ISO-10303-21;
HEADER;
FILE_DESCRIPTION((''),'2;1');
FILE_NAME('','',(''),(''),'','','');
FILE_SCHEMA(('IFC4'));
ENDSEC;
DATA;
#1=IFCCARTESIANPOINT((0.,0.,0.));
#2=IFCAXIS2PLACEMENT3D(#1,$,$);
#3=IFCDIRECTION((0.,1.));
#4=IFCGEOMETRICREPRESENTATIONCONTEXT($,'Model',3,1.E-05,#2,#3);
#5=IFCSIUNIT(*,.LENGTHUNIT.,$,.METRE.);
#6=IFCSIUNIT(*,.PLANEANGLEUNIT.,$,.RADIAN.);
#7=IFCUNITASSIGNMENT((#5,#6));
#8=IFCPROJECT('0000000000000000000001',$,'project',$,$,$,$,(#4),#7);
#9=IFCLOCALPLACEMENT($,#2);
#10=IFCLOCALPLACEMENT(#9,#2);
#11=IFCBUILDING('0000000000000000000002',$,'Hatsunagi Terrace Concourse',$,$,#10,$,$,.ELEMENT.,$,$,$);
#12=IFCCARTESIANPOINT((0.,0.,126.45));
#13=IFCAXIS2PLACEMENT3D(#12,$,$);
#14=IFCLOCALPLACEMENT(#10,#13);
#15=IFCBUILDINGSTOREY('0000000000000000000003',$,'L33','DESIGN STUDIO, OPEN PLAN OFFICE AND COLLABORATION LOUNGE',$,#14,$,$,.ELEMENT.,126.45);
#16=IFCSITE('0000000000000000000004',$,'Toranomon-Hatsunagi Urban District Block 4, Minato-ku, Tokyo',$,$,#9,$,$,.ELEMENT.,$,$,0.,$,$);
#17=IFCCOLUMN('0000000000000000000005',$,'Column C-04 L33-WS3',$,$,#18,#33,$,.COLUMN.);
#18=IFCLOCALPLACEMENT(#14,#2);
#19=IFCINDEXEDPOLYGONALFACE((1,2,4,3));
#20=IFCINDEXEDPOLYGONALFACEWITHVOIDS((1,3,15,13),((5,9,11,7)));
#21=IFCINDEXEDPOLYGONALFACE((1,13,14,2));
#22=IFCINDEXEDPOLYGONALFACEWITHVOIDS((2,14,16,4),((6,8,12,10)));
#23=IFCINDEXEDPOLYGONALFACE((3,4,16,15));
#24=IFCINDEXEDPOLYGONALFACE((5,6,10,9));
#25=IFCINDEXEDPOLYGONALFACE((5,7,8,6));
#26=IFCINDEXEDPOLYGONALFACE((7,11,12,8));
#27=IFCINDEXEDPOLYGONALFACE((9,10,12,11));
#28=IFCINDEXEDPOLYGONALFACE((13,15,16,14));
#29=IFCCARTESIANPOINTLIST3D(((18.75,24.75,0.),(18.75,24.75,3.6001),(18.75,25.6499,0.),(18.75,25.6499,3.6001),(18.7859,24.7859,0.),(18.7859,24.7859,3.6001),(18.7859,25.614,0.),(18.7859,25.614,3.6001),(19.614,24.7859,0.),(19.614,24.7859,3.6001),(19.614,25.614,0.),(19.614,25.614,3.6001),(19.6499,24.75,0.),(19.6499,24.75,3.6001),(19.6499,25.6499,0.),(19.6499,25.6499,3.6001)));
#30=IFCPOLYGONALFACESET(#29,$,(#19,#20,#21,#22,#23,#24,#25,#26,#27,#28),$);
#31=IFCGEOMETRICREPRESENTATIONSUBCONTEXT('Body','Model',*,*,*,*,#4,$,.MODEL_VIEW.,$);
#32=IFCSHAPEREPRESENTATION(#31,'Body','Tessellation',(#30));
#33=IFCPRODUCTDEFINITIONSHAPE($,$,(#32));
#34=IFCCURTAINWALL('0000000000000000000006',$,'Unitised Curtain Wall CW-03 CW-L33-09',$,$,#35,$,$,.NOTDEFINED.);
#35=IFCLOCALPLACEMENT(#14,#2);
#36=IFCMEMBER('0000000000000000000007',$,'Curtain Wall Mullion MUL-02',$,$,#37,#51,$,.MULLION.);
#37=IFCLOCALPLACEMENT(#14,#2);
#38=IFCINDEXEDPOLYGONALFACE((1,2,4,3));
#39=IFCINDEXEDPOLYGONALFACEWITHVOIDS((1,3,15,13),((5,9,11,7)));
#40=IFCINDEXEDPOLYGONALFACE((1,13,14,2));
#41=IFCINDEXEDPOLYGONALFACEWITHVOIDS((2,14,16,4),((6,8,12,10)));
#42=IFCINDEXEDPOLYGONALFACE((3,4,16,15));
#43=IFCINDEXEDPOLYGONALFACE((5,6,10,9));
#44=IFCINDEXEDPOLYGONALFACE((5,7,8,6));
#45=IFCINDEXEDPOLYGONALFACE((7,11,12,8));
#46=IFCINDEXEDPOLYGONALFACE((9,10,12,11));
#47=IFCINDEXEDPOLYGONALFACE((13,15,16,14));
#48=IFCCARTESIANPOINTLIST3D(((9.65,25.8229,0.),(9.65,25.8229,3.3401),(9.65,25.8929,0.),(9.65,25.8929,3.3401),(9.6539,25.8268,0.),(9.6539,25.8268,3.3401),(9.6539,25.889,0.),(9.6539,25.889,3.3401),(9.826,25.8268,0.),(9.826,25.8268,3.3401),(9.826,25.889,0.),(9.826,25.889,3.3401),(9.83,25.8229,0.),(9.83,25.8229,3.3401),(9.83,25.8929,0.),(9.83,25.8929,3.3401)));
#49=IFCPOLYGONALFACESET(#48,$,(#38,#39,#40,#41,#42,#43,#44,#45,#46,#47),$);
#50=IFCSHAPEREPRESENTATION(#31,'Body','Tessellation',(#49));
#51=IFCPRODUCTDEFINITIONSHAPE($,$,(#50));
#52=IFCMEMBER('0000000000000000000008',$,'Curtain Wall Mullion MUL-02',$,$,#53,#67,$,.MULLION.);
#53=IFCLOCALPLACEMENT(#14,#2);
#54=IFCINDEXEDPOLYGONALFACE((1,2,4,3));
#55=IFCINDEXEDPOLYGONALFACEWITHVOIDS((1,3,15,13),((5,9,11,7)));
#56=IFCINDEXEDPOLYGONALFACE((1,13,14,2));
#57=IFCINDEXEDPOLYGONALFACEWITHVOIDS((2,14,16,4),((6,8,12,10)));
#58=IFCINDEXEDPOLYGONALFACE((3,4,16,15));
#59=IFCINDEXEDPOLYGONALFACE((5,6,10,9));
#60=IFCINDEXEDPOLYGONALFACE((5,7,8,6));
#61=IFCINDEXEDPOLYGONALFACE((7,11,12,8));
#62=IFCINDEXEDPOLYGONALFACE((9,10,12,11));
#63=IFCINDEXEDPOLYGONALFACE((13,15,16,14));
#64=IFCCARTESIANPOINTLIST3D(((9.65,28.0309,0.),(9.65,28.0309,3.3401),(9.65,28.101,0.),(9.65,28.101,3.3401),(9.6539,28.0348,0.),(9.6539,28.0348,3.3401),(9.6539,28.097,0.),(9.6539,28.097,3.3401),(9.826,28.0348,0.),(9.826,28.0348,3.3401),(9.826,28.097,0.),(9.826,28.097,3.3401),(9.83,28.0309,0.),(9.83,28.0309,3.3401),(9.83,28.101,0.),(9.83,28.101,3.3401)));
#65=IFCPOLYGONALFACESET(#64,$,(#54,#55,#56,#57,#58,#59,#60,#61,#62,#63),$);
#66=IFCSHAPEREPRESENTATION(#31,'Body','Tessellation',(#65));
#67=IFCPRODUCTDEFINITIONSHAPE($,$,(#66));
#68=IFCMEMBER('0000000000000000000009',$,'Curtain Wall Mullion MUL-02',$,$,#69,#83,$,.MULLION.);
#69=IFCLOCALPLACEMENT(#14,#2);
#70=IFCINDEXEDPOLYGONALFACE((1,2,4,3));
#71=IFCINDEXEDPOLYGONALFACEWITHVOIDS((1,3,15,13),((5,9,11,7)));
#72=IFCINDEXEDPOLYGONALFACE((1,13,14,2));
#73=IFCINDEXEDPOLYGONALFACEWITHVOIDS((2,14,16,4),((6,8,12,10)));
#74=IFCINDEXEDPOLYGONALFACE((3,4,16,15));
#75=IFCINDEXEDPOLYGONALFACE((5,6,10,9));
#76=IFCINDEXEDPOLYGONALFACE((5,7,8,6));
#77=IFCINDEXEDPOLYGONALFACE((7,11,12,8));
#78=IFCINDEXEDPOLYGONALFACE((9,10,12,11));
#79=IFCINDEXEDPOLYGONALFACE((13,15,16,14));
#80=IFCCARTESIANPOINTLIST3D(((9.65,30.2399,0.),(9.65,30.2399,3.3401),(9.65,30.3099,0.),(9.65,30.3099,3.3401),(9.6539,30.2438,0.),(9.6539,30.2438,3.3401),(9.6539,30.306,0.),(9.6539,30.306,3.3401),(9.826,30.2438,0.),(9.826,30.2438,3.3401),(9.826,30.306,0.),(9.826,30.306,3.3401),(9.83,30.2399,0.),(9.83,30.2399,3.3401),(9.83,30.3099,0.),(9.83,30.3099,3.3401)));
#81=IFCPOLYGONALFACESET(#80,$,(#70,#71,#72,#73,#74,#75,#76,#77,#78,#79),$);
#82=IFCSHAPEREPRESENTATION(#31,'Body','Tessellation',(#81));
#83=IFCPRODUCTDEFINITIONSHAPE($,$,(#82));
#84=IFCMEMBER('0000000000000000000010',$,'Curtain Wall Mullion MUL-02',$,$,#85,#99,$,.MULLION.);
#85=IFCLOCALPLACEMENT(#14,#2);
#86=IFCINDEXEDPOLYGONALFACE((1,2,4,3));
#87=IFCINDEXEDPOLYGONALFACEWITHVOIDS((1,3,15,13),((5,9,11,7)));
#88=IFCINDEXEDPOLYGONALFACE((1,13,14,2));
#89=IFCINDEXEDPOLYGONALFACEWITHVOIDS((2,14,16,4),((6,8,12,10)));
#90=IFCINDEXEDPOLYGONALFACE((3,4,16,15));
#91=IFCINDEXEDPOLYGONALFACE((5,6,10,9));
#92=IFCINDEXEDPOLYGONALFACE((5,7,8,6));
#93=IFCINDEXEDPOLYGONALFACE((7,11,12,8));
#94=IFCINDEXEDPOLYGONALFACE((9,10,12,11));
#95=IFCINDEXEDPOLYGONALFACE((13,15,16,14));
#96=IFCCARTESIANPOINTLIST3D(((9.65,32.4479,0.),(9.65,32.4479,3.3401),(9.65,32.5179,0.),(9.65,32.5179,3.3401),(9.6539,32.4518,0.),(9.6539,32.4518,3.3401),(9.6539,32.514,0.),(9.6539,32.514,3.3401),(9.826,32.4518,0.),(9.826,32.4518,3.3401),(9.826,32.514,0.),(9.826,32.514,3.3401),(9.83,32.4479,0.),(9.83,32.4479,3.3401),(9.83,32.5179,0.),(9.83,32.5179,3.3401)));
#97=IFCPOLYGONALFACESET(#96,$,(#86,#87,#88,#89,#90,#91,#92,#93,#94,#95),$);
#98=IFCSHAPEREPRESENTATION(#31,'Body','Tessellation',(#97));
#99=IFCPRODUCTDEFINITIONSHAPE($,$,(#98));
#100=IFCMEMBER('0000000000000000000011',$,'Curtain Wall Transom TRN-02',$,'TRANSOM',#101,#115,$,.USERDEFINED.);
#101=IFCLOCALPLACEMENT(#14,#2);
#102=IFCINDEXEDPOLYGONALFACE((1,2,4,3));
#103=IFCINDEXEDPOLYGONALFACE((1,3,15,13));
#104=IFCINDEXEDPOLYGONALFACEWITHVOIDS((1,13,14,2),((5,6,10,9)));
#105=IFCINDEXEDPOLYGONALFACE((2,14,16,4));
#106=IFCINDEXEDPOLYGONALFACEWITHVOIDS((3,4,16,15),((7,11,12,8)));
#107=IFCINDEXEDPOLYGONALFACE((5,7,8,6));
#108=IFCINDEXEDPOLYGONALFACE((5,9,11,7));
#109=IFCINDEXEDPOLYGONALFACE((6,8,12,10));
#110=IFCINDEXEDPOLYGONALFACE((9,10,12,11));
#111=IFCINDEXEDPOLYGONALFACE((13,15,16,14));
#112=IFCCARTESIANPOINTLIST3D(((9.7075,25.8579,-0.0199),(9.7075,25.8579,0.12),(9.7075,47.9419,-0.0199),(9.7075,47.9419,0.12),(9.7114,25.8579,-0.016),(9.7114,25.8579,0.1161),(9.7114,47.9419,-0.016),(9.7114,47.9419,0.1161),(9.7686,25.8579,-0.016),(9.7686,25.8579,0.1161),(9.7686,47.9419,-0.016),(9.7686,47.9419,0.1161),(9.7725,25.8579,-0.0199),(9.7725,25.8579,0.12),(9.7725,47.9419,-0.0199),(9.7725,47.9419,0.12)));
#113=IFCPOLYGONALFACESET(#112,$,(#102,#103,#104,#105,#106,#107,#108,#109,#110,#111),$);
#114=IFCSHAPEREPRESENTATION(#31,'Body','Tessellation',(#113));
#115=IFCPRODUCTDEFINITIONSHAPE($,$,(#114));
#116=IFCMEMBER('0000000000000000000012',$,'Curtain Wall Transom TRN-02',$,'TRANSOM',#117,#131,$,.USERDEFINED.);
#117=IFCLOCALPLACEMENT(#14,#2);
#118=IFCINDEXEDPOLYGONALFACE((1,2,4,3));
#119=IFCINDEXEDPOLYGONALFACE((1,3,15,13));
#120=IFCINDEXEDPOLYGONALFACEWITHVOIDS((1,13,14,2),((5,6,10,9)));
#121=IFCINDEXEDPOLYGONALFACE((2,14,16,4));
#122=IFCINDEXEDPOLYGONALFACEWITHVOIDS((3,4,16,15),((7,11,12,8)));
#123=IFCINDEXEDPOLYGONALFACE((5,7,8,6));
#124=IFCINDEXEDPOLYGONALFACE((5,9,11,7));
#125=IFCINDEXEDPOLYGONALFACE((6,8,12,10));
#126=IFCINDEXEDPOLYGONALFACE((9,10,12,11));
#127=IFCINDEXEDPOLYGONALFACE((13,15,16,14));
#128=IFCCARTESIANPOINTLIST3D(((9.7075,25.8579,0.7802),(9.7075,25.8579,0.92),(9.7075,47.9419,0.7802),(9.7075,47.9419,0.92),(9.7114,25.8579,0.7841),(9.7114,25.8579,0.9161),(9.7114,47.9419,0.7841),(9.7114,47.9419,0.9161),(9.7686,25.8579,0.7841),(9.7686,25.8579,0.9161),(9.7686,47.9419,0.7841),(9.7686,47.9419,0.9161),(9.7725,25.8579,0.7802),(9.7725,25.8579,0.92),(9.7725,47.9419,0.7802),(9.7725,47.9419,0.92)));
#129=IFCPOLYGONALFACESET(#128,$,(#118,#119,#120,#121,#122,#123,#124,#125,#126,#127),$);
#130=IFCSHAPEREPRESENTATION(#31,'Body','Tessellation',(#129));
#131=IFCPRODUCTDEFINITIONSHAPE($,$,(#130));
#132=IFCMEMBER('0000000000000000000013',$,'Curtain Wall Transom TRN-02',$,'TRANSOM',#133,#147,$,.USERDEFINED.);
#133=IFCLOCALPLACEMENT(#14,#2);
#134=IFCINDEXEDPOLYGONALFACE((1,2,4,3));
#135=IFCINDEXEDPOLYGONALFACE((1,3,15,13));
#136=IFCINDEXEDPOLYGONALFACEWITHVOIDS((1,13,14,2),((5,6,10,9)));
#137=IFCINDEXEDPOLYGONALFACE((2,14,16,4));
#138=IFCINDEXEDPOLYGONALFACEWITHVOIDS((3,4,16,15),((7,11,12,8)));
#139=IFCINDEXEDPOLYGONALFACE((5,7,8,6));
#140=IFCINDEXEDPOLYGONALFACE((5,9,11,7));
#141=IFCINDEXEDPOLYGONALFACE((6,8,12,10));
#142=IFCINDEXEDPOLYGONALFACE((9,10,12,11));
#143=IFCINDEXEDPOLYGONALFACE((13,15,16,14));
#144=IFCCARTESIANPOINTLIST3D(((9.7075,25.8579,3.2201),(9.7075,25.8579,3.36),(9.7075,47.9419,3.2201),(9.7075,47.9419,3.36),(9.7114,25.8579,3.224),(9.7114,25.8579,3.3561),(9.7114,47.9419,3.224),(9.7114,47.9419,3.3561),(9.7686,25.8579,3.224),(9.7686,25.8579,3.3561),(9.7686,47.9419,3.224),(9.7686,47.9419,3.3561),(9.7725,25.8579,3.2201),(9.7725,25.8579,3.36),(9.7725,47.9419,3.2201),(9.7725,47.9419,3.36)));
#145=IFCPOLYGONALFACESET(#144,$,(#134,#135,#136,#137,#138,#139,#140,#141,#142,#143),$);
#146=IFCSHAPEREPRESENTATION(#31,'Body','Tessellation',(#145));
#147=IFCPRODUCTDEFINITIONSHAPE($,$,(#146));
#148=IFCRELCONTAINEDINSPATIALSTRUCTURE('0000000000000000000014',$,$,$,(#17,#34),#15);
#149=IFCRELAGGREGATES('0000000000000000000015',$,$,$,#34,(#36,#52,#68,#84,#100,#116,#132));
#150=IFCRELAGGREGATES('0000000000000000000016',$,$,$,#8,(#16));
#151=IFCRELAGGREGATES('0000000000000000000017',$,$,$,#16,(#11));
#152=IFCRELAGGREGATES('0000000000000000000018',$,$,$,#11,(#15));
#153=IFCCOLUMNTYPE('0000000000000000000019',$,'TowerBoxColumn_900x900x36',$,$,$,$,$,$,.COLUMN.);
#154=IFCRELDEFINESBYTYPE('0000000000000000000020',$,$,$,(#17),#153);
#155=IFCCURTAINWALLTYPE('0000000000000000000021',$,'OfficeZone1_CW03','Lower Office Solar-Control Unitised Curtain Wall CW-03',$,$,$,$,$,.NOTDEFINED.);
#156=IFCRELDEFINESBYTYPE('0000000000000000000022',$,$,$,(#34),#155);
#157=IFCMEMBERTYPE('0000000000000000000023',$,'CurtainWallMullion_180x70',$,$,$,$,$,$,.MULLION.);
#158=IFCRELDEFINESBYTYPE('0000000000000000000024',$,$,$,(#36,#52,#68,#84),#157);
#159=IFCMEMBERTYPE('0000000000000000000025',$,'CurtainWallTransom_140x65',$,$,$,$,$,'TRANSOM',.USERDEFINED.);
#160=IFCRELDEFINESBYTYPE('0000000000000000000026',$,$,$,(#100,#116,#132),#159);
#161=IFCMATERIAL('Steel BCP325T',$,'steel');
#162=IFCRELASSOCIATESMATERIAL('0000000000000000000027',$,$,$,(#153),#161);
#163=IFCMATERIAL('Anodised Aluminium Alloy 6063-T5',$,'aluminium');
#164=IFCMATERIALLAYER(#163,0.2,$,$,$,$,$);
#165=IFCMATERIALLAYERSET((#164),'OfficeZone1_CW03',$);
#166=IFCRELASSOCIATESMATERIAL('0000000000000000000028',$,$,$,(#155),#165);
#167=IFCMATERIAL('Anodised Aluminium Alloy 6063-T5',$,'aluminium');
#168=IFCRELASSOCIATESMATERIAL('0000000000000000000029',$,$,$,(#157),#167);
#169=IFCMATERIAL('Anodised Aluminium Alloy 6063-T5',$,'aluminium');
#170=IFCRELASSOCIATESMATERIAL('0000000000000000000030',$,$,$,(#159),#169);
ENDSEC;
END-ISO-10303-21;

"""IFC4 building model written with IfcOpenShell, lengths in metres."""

from ifc_helpers import new_model, si_unit, direction, frame, origin, origin_2d, place, context, subcontext, project, spatial, hollow_rectangle, extrude, material, layer, layer_set, material_profile, profile_set, type_object, element, aggregate, save


model = new_model("IFC4")

# Units and contexts
model_context = context("Model", 3, precision=1e-05, world=origin(), true_north=direction((0.0, 1.0)))
body_context = subcontext(model_context, "Body", "Model", "MODEL_VIEW")
ifc_project = project(units=[si_unit("LENGTHUNIT", "METRE"), si_unit("PLANEANGLEUNIT", "RADIAN")], contexts=[model_context])

# Site, building, storey
site_placement = place(None, origin())
site = spatial("IfcSite", under=ifc_project, at=site_placement, Name="Toranomon-Hatsunagi Urban District Block 4, Minato-ku, Tokyo", CompositionType="ELEMENT", RefElevation=0.0)
building_placement = place(site_placement, origin())
building = spatial("IfcBuilding", under=site, at=building_placement, Name="Hatsunagi Terrace Concourse", CompositionType="ELEMENT")
storey_placement = place(building_placement, frame((0.0, 0.0, 126.45)))
storey = spatial("IfcBuildingStorey", under=building, at=storey_placement, Name="L33", Description="DESIGN STUDIO, OPEN PLAN OFFICE AND COLLABORATION LOUNGE", CompositionType="ELEMENT", Elevation=126.45)

# Column
ifc_material_1 = material(Name="Steel BCP325T", Category="steel")
ifc_material_profile_1 = material_profile(ifc_material_1, hollow_rectangle(XDim=0.8999, YDim=0.8999, WallThickness=0.0359, at=origin_2d()), Name="BCP-900x900x36")
ifc_profile_set_1 = profile_set([ifc_material_profile_1], Name="Steel BCP325T")
column_type = type_object("IfcColumnType", Name="TowerBoxColumn_900x900x36", PredefinedType="COLUMN", material=ifc_profile_set_1)
column_placement = place(storey_placement, frame((19.2, 25.2, 0.0), z_axis=(0.0, 0.0, 1.0), x_axis=(1.0, 0.0, 0.0)))
element("IfcColumn", 1, at=column_placement, inside=storey, type_object=column_type, Name="Column C-04 L33-WS3", PredefinedType="COLUMN", context=body_context, shape_type="SweptSolid", body=[
    extrude(hollow_rectangle(XDim=0.8999, YDim=0.8999, WallThickness=0.0359, at=origin_2d()), origin(), (0.0, 0.0, 1.0), 3.6001),
])

# Curtain wall, members
ifc_material_2 = material(Name="Anodised Aluminium Alloy 6063-T5", Category="aluminium")
ifc_layer_1 = layer(ifc_material_2, 0.2)
ifc_layer_set_1 = layer_set([ifc_layer_1], Name="OfficeZone1_CW03")
curtain_wall_type = type_object("IfcCurtainWallType", Name="OfficeZone1_CW03", Description="Lower Office Solar-Control Unitised Curtain Wall CW-03", PredefinedType="NOTDEFINED", material=ifc_layer_set_1)
curtain_wall_placement = place(storey_placement, origin())
curtain_wall = element("IfcCurtainWall", 2, at=curtain_wall_placement, inside=storey, type_object=curtain_wall_type, Name="Unitised Curtain Wall CW-03 CW-L33-09", PredefinedType="NOTDEFINED")
ifc_material_3 = material(Name="Anodised Aluminium Alloy 6063-T5", Category="aluminium")
ifc_material_profile_2 = material_profile(ifc_material_3, hollow_rectangle(XDim=0.0701, YDim=0.1799, WallThickness=0.0039, at=origin_2d()), Name="ALU-MUL-180x70x4")
ifc_profile_set_2 = profile_set([ifc_material_profile_2], Name="Anodised Aluminium Alloy 6063-T5")
member_type_1 = type_object("IfcMemberType", Name="CurtainWallMullion_180x70", PredefinedType="MULLION", material=ifc_profile_set_2)
member_1_placement = place(storey_placement, frame((9.74, 25.8579, 0.0), z_axis=(0.0, 0.0, 1.0), x_axis=(0.0, 1.0, 0.0)))
member_1 = element("IfcMember", 3, at=member_1_placement, type_object=member_type_1, Name="Curtain Wall Mullion MUL-02", PredefinedType="MULLION", context=body_context, shape_type="SweptSolid", body=[
    extrude(hollow_rectangle(XDim=0.0701, YDim=0.1799, WallThickness=0.0039, at=origin_2d()), origin(), (0.0, 0.0, 1.0), 3.3401),
])
member_2_placement = place(storey_placement, frame((9.74, 28.0659, 0.0), z_axis=(0.0, 0.0, 1.0), x_axis=(0.0, 1.0, 0.0)))
member_2 = element("IfcMember", 4, at=member_2_placement, type_object=member_type_1, Name="Curtain Wall Mullion MUL-02", PredefinedType="MULLION", context=body_context, shape_type="SweptSolid", body=[
    extrude(hollow_rectangle(XDim=0.0701, YDim=0.1799, WallThickness=0.0039, at=origin_2d()), origin(), (0.0, 0.0, 1.0), 3.3401),
])
member_3_placement = place(storey_placement, frame((9.74, 30.2749, 0.0), z_axis=(0.0, 0.0, 1.0), x_axis=(0.0, 1.0, 0.0)))
member_3 = element("IfcMember", 5, at=member_3_placement, type_object=member_type_1, Name="Curtain Wall Mullion MUL-02", PredefinedType="MULLION", context=body_context, shape_type="SweptSolid", body=[
    extrude(hollow_rectangle(XDim=0.0701, YDim=0.1799, WallThickness=0.0039, at=origin_2d()), origin(), (0.0, 0.0, 1.0), 3.3401),
])
member_4_placement = place(storey_placement, frame((9.74, 32.4829, 0.0), z_axis=(0.0, 0.0, 1.0), x_axis=(0.0, 1.0, 0.0)))
member_4 = element("IfcMember", 6, at=member_4_placement, type_object=member_type_1, Name="Curtain Wall Mullion MUL-02", PredefinedType="MULLION", context=body_context, shape_type="SweptSolid", body=[
    extrude(hollow_rectangle(XDim=0.0701, YDim=0.1799, WallThickness=0.0039, at=origin_2d()), origin(), (0.0, 0.0, 1.0), 3.3401),
])
ifc_material_4 = material(Name="Anodised Aluminium Alloy 6063-T5", Category="aluminium")
ifc_material_profile_3 = material_profile(ifc_material_4, hollow_rectangle(XDim=0.0649, YDim=0.1399, WallThickness=0.0039, at=origin_2d()), Name="ALU-TRN-140x65x4")
ifc_profile_set_3 = profile_set([ifc_material_profile_3], Name="Anodised Aluminium Alloy 6063-T5")
member_type_2 = type_object("IfcMemberType", Name="CurtainWallTransom_140x65", ElementType="TRANSOM", PredefinedType="USERDEFINED", material=ifc_profile_set_3)
member_5_placement = place(storey_placement, frame((9.74, 25.8579, 0.05), z_axis=(0.0, 1.0, 0.0), x_axis=(-1.0, 0.0, 0.0)))
member_5 = element("IfcMember", 7, at=member_5_placement, type_object=member_type_2, Name="Curtain Wall Transom TRN-02", ObjectType="TRANSOM", PredefinedType="USERDEFINED", context=body_context, shape_type="SweptSolid", body=[
    extrude(hollow_rectangle(XDim=0.0649, YDim=0.1399, WallThickness=0.0039, at=origin_2d()), origin(), (0.0, 0.0, 1.0), 22.084),
])
member_6_placement = place(storey_placement, frame((9.74, 25.8579, 0.8501), z_axis=(0.0, 1.0, 0.0), x_axis=(-1.0, 0.0, 0.0)))
member_6 = element("IfcMember", 8, at=member_6_placement, type_object=member_type_2, Name="Curtain Wall Transom TRN-02", ObjectType="TRANSOM", PredefinedType="USERDEFINED", context=body_context, shape_type="SweptSolid", body=[
    extrude(hollow_rectangle(XDim=0.0649, YDim=0.1399, WallThickness=0.0039, at=origin_2d()), origin(), (0.0, 0.0, 1.0), 22.084),
])
member_7_placement = place(storey_placement, frame((9.74, 25.8579, 3.29), z_axis=(0.0, 1.0, 0.0), x_axis=(-1.0, 0.0, 0.0)))
member_7 = element("IfcMember", 9, at=member_7_placement, type_object=member_type_2, Name="Curtain Wall Transom TRN-02", ObjectType="TRANSOM", PredefinedType="USERDEFINED", context=body_context, shape_type="SweptSolid", body=[
    extrude(hollow_rectangle(XDim=0.0649, YDim=0.1399, WallThickness=0.0039, at=origin_2d()), origin(), (0.0, 0.0, 1.0), 22.084),
])

aggregate(curtain_wall, [member_1, member_2, member_3, member_4, member_5, member_6, member_7])

save(model, "model.ifc")
